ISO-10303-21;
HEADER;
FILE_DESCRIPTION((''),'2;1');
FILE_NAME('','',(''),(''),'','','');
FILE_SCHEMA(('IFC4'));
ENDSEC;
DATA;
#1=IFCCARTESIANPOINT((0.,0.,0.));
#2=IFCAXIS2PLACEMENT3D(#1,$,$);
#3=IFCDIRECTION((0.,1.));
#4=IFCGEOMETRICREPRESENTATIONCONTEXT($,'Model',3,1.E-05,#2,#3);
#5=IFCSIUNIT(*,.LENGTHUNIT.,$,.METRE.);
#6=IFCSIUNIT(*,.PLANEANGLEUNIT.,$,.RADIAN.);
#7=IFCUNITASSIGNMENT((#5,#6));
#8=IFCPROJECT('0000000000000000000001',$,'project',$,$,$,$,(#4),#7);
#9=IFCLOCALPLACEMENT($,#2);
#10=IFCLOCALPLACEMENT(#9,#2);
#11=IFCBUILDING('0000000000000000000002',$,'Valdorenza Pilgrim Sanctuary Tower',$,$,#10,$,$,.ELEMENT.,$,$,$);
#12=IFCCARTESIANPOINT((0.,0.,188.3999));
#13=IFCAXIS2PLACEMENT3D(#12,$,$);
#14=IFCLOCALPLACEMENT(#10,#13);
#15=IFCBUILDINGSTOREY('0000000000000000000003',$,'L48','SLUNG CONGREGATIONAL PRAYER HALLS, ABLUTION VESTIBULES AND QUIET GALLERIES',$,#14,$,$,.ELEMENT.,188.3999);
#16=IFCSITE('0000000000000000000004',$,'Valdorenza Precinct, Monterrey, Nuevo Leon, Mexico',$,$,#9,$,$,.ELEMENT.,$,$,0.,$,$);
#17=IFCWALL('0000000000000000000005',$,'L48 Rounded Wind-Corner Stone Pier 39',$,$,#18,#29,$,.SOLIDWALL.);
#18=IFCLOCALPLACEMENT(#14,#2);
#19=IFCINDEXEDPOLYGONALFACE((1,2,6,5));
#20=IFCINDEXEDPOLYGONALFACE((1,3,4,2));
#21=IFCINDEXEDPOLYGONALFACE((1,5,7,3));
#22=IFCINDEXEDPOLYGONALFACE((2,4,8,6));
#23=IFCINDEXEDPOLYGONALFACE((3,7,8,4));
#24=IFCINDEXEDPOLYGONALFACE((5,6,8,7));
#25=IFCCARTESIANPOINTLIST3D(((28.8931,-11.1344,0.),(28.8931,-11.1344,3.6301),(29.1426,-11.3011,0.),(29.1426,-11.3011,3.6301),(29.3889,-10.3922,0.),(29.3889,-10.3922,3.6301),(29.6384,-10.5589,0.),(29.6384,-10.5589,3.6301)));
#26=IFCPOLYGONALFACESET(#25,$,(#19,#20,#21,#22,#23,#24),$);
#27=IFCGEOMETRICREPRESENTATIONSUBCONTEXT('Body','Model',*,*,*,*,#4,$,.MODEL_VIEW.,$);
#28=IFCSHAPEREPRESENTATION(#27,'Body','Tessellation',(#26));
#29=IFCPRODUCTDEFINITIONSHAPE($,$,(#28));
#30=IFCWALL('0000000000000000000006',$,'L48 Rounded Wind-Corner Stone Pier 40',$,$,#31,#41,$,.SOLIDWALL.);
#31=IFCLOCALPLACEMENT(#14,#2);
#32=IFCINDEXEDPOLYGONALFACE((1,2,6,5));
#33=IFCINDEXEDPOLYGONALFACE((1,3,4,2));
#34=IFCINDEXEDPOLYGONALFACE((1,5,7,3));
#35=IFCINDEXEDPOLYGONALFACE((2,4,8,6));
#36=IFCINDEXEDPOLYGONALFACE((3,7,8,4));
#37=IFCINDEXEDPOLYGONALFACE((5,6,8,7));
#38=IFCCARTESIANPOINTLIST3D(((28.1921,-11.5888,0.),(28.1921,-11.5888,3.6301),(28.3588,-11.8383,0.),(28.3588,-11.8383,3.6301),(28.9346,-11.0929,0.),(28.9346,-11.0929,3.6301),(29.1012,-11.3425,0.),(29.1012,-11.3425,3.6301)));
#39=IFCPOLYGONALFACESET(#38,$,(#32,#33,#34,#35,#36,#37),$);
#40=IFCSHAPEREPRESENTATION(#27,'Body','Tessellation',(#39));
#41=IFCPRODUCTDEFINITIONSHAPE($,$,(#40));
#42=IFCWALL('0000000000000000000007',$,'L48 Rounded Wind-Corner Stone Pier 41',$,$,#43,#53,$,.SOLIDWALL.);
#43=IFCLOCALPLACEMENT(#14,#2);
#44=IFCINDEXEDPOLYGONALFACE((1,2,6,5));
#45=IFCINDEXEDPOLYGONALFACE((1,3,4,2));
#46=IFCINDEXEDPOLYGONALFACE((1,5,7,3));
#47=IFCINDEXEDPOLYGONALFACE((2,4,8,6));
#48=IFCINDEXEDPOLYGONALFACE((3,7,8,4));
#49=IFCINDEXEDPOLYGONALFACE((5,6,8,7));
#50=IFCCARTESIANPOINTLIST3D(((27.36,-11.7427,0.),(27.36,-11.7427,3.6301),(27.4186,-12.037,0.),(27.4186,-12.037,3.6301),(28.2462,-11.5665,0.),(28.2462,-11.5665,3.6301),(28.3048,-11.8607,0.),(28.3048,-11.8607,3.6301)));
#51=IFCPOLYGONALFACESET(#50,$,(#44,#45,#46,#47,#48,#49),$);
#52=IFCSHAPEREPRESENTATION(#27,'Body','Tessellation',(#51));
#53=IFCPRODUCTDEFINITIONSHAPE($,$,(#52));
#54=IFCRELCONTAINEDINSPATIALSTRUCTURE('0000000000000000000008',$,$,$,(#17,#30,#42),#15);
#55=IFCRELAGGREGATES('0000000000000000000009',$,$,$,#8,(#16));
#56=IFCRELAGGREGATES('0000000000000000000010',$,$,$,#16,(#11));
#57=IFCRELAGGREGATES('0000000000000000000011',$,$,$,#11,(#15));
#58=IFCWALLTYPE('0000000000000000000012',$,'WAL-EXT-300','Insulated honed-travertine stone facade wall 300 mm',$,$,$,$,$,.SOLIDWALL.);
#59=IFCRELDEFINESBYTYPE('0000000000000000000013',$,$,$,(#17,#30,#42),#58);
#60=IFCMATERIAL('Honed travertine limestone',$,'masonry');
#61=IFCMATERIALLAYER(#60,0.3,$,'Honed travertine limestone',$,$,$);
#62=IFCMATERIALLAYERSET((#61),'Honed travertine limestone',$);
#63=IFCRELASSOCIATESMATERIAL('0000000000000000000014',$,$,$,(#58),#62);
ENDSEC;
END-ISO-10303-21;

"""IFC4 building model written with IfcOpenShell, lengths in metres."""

from ifc_helpers import new_model, si_unit, direction, frame, frame_2d, origin, place, context, subcontext, project, spatial, rectangle, extrude, material, layer, layer_set, type_object, element, save


model = new_model("IFC4")

# Units and contexts
model_context = context("Model", 3, precision=1e-05, world=origin(), true_north=direction((0.0, 1.0)))
body_context = subcontext(model_context, "Body", "Model", "MODEL_VIEW")
ifc_project = project(units=[si_unit("LENGTHUNIT", "METRE"), si_unit("PLANEANGLEUNIT", "RADIAN")], contexts=[model_context])

# Site, building, storey
site_placement = place(None, origin())
site = spatial("IfcSite", under=ifc_project, at=site_placement, Name="Valdorenza Precinct, Monterrey, Nuevo Leon, Mexico", CompositionType="ELEMENT", RefElevation=0.0)
building_placement = place(site_placement, origin())
building = spatial("IfcBuilding", under=site, at=building_placement, Name="Valdorenza Pilgrim Sanctuary Tower", CompositionType="ELEMENT")
storey_placement = place(building_placement, frame((0.0, 0.0, 188.3999)))
storey = spatial("IfcBuildingStorey", under=building, at=storey_placement, Name="L48", Description="SLUNG CONGREGATIONAL PRAYER HALLS, ABLUTION VESTIBULES AND QUIET GALLERIES", CompositionType="ELEMENT", Elevation=188.3999)

# Walls
ifc_material_1 = material(Name="Honed travertine limestone", Category="masonry")
ifc_layer_1 = layer(ifc_material_1, 0.3, Name="Honed travertine limestone")
ifc_layer_set_1 = layer_set([ifc_layer_1], Name="Honed travertine limestone")
wall_type_1 = type_object("IfcWallType", Name="WAL-EXT-300", Description="Insulated honed-travertine stone facade wall 300 mm", PredefinedType="SOLIDWALL", material=ifc_layer_set_1)
wall_1_placement = place(storey_placement, frame((29.5137, -10.4756, 0.0), z_axis=(0.0, 0.0, 1.0), x_axis=(-0.55552, -0.831503, 0.0)))
element("IfcWall", 1, at=wall_1_placement, inside=storey, type_object=wall_type_1, Name="L48 Rounded Wind-Corner Stone Pier 39", PredefinedType="SOLIDWALL", context=body_context, shape_type="SweptSolid", body=[
    extrude(rectangle(XDim=0.8926, YDim=0.3, at=frame_2d((0.4463, 0.0))), origin(), (0.0, 0.0, 1.0), 3.6301),
])
wall_2_placement = place(storey_placement, frame((29.0178, -11.2178, 0.0), z_axis=(0.0, 0.0, 1.0), x_axis=(-0.831587, -0.555394, 0.0)))
element("IfcWall", 2, at=wall_2_placement, inside=storey, type_object=wall_type_1, Name="L48 Rounded Wind-Corner Stone Pier 40", PredefinedType="SOLIDWALL", context=body_context, shape_type="SweptSolid", body=[
    extrude(rectangle(XDim=0.8928, YDim=0.3, at=frame_2d((0.4463, 0.0))), origin(), (0.0, 0.0, 1.0), 3.6301),
])
wall_3_placement = place(storey_placement, frame((28.2754, -11.7136, 0.0), z_axis=(0.0, 0.0, 1.0), x_axis=(-0.980788, -0.195077, 0.0)))
element("IfcWall", 3, at=wall_3_placement, inside=storey, type_object=wall_type_1, Name="L48 Rounded Wind-Corner Stone Pier 41", PredefinedType="SOLIDWALL", context=body_context, shape_type="SweptSolid", body=[
    extrude(rectangle(XDim=0.9036, YDim=0.3, at=frame_2d((0.4517, 0.0))), origin(), (0.0, 0.0, 1.0), 3.6301),
])

save(model, "model.ifc")
